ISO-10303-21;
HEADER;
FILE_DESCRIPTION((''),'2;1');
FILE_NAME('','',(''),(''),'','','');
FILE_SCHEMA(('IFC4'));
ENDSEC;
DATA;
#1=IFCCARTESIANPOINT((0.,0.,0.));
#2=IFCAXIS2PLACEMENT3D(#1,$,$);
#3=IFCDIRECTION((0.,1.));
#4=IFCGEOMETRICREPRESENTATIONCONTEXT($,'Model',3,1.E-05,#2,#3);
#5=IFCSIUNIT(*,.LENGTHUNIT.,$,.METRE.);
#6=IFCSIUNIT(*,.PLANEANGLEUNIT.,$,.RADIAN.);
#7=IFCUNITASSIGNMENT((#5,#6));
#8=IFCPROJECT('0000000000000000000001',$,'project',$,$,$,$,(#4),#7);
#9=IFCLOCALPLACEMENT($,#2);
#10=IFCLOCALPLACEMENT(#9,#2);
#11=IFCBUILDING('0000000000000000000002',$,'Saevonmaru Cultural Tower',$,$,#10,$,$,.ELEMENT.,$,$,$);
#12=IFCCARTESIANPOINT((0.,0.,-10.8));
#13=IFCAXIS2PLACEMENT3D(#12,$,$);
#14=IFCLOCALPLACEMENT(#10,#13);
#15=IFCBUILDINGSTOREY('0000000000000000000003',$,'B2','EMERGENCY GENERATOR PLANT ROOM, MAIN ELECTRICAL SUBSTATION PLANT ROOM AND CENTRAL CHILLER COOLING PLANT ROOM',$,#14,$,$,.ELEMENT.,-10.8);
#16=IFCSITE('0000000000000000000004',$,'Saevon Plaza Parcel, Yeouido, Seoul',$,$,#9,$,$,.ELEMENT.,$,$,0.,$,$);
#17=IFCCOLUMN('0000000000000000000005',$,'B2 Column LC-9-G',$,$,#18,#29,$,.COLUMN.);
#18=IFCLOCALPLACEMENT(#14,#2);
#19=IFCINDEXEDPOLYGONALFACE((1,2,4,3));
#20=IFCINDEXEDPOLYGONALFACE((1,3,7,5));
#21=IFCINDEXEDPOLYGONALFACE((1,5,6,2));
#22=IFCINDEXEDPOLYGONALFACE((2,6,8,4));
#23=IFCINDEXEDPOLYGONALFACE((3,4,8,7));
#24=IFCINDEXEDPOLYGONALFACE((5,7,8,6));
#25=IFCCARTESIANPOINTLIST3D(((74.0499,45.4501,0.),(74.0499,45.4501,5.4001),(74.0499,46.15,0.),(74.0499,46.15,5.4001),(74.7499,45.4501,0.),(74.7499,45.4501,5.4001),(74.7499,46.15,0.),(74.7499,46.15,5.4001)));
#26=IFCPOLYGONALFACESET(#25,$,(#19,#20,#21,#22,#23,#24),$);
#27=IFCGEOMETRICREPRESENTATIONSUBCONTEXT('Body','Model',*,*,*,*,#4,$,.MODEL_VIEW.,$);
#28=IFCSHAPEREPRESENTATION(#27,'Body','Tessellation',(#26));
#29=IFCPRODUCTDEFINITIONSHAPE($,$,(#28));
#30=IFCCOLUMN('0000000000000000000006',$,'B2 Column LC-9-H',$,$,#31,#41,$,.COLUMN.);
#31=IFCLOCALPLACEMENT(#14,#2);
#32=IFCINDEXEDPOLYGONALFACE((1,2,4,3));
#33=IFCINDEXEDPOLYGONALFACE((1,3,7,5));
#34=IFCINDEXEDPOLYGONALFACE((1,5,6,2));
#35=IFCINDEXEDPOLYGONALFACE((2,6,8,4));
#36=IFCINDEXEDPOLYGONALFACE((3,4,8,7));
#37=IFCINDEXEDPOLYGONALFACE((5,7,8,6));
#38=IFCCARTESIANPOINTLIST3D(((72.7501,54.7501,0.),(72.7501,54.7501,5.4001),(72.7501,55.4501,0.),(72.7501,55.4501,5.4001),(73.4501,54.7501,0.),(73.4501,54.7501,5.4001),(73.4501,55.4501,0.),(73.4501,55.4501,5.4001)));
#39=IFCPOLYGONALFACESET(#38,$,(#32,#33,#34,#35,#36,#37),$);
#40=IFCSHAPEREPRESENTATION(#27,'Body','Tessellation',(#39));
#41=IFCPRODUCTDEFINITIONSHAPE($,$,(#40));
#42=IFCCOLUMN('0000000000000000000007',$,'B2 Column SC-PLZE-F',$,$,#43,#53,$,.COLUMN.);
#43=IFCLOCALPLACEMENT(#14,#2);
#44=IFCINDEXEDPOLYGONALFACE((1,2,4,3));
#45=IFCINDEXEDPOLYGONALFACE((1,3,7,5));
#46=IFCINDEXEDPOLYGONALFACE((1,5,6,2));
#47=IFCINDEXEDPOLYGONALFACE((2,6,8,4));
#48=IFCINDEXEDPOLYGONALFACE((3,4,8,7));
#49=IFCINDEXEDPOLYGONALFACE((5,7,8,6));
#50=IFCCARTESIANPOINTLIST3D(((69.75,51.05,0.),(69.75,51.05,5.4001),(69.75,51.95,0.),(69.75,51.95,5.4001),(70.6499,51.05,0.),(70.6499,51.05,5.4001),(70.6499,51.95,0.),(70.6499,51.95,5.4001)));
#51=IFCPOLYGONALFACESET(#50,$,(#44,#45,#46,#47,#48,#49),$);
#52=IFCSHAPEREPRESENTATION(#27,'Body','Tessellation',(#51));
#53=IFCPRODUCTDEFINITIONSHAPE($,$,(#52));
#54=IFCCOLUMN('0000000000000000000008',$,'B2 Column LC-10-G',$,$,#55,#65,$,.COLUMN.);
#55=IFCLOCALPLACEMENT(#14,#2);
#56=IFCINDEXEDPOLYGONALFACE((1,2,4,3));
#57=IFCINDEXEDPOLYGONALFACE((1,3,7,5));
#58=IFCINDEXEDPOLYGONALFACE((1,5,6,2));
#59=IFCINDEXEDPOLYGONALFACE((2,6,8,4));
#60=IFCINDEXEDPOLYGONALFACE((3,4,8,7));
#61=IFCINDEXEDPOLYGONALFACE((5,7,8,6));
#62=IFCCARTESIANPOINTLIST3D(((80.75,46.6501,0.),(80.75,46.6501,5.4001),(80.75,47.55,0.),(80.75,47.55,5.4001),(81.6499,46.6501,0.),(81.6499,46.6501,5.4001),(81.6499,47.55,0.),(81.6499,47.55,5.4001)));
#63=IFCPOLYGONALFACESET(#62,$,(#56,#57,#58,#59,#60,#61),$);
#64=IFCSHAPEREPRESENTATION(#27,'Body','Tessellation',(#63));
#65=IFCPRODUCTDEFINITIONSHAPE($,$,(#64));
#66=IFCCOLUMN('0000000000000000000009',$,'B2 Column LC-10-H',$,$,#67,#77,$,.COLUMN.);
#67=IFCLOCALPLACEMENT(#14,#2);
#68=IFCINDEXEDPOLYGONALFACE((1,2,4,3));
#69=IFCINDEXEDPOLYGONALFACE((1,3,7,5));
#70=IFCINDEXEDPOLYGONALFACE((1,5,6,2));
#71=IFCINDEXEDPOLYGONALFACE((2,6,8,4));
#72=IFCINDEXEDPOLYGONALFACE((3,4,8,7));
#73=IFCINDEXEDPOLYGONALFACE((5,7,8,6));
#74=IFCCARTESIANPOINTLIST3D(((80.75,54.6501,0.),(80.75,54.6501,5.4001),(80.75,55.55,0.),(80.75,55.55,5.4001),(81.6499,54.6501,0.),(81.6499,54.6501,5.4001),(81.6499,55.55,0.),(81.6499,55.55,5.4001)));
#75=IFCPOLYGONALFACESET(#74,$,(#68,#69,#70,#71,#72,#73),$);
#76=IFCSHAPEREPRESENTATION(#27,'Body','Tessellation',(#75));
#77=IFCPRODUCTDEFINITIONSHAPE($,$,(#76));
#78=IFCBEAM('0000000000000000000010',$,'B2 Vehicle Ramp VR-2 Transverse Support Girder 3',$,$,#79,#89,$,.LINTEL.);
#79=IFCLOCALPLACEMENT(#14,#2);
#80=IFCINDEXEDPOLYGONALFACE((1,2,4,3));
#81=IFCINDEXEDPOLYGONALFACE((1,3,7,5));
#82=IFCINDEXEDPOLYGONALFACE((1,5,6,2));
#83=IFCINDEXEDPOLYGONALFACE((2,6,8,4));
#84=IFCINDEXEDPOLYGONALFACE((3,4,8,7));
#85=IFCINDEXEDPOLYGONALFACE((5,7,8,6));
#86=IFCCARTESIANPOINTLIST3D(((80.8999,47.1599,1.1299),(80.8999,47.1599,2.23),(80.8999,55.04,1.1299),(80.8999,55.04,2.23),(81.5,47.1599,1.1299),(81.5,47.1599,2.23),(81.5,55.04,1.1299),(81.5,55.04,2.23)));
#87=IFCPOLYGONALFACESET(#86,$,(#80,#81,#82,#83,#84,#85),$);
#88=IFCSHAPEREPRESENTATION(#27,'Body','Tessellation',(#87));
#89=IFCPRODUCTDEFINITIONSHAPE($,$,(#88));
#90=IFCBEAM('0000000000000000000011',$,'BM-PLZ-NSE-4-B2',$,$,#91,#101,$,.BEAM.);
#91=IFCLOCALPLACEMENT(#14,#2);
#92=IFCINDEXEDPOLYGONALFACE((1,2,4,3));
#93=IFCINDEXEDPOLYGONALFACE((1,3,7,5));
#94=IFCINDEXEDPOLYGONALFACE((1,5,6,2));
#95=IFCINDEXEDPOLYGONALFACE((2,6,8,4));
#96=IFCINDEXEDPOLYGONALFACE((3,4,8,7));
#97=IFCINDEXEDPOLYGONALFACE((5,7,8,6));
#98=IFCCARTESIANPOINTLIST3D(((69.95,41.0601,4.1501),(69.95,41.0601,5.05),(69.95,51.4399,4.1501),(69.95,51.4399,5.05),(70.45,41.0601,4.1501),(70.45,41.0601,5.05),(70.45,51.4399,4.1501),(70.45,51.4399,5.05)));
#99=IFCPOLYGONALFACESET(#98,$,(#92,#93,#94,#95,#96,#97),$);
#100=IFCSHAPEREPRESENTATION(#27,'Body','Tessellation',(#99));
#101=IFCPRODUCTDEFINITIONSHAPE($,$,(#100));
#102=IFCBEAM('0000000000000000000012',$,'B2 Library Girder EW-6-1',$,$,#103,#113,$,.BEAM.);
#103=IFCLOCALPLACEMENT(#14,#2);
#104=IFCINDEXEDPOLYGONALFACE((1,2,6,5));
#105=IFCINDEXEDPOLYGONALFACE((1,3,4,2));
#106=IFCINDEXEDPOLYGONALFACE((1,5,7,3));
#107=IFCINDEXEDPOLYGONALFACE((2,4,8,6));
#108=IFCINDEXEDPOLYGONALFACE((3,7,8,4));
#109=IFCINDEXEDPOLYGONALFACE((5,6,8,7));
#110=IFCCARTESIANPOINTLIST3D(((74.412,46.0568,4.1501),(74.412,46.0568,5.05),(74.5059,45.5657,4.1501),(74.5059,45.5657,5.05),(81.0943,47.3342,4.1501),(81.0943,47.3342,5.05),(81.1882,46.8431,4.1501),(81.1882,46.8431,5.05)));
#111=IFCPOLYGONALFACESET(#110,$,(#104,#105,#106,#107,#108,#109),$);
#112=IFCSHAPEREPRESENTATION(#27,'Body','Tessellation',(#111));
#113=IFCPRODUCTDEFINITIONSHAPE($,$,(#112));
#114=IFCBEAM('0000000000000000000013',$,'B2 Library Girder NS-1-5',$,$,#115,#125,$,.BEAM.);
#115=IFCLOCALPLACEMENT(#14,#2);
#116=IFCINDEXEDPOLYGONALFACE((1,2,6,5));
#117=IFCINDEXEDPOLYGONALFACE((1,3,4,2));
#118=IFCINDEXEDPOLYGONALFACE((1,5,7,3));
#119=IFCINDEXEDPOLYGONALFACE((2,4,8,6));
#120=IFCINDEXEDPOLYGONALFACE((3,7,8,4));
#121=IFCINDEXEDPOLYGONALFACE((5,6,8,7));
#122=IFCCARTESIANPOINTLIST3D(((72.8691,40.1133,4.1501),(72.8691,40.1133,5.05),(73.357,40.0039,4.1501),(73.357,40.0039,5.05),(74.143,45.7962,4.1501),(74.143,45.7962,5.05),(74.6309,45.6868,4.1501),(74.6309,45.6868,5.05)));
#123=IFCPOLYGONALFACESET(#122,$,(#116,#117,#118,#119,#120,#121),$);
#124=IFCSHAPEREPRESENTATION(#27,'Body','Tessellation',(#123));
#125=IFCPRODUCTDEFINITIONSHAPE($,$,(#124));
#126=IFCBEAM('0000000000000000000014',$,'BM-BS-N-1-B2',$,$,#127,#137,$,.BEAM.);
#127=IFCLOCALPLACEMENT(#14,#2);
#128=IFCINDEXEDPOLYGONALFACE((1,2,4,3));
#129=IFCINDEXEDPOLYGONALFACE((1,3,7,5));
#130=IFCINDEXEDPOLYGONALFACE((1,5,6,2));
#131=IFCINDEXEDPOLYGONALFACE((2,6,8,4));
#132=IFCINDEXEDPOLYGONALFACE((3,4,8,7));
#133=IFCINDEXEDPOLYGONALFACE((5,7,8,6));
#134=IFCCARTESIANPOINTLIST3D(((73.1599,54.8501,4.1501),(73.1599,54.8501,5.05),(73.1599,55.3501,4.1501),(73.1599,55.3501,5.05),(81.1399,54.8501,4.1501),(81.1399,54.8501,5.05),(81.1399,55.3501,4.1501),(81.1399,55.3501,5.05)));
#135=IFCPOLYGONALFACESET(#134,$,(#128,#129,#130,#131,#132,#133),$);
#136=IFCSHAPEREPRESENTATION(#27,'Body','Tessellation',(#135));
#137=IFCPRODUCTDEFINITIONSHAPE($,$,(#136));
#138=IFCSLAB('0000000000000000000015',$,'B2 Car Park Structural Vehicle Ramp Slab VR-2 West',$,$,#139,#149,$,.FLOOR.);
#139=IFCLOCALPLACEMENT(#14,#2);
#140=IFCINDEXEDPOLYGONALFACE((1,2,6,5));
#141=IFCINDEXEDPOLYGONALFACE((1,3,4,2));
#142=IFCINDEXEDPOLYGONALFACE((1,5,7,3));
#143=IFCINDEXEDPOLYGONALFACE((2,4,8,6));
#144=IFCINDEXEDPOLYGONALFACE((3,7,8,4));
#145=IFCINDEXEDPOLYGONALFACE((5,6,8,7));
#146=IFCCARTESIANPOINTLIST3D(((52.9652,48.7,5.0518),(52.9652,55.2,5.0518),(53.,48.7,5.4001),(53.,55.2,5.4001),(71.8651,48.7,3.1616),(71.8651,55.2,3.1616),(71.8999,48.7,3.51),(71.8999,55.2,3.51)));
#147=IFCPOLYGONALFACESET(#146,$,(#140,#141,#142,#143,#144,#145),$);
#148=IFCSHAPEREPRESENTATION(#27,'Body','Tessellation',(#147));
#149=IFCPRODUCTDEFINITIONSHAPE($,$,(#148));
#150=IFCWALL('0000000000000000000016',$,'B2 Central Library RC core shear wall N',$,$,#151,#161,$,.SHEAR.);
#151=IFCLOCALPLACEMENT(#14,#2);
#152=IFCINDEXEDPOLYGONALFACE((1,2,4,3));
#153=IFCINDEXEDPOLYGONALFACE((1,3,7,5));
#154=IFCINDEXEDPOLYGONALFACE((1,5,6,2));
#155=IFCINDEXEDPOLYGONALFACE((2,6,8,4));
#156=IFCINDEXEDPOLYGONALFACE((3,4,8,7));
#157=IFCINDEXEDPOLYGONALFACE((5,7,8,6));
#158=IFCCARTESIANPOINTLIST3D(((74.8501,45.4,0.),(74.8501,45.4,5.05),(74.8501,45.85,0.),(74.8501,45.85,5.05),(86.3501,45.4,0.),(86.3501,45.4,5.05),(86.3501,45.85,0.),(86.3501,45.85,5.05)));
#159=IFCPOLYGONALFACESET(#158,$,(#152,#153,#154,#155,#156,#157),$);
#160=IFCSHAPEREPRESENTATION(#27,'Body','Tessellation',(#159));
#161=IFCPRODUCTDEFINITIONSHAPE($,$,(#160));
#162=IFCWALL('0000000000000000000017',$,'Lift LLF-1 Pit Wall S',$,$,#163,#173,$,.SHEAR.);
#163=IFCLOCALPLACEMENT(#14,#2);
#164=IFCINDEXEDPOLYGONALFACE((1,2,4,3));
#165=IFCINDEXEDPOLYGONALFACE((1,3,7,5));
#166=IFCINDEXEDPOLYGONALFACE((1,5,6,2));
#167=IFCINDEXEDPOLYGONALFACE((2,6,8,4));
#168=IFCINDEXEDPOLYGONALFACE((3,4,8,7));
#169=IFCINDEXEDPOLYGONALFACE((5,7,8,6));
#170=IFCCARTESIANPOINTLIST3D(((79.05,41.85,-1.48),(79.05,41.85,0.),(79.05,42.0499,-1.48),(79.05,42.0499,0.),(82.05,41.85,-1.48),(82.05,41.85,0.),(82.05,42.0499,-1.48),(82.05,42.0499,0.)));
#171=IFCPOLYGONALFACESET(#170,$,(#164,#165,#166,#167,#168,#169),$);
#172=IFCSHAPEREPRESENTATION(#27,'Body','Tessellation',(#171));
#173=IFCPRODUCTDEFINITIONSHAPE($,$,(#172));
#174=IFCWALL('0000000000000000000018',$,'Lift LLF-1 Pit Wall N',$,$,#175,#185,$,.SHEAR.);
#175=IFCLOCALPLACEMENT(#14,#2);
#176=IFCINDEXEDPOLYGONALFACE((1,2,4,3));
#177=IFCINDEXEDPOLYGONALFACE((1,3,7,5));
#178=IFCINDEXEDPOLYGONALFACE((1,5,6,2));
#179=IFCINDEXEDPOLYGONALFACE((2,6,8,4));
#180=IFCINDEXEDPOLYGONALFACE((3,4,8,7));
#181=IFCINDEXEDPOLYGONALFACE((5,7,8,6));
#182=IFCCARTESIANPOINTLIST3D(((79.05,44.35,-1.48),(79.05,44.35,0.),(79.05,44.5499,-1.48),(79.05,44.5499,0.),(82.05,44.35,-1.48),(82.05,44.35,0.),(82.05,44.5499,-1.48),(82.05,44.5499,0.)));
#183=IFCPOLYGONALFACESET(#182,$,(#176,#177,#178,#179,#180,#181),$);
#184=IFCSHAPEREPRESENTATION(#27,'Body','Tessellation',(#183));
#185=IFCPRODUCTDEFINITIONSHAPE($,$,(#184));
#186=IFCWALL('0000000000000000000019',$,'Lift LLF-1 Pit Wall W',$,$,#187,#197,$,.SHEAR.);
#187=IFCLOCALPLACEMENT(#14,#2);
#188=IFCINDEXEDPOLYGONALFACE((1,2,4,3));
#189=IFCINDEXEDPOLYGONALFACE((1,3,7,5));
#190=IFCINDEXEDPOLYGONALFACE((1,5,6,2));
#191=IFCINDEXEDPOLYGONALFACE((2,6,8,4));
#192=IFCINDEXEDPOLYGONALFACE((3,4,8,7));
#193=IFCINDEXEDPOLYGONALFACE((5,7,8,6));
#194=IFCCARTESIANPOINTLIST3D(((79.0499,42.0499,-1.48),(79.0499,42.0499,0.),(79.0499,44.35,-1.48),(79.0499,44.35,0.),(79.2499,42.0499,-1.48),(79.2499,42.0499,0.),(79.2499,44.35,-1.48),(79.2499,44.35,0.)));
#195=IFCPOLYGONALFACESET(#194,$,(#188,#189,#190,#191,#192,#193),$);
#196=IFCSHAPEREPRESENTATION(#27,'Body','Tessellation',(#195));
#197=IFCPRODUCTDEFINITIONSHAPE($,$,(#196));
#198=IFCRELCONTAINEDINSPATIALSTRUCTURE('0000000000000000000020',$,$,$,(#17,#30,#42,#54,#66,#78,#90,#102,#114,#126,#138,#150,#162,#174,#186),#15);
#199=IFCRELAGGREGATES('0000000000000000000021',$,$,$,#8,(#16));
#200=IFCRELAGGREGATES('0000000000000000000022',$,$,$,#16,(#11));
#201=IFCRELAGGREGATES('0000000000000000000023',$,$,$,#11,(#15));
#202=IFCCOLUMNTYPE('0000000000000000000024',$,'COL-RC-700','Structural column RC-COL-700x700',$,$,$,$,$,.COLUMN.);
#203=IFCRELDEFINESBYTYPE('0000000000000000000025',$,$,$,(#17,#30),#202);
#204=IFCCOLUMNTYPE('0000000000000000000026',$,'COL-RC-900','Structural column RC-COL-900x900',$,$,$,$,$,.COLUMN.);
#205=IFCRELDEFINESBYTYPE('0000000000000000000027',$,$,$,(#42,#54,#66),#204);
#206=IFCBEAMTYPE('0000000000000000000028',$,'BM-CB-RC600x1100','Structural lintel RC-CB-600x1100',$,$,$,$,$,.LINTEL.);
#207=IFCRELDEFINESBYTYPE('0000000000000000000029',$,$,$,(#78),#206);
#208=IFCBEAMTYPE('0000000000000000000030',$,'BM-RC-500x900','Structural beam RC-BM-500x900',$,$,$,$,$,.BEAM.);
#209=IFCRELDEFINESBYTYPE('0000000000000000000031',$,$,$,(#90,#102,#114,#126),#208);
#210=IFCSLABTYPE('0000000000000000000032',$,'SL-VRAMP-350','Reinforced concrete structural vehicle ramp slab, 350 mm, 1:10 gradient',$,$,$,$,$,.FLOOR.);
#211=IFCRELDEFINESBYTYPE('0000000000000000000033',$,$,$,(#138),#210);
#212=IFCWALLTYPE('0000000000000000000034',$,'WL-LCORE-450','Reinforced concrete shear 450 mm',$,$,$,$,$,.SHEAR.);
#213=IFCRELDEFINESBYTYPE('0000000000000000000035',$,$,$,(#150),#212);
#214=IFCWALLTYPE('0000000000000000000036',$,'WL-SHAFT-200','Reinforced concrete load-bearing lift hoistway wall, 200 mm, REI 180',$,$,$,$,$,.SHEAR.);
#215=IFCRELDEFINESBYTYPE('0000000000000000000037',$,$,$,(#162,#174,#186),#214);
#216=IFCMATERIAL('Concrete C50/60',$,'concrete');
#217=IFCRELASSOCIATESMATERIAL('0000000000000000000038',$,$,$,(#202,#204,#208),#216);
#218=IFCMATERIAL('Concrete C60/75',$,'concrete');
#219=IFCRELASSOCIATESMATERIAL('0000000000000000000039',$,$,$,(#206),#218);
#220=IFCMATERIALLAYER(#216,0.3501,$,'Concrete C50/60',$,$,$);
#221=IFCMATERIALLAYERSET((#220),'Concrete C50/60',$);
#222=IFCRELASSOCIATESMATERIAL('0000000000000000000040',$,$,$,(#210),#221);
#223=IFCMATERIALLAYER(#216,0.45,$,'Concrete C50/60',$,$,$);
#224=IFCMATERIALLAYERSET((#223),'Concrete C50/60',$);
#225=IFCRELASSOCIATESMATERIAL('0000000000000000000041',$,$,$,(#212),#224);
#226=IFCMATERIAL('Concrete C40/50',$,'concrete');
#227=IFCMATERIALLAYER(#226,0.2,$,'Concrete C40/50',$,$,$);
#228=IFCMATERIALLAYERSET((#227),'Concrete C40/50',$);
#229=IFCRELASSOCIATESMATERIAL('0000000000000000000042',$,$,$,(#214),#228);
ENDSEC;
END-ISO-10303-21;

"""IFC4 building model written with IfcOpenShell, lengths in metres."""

from ifc_helpers import new_model, si_unit, direction, frame, frame_2d, origin, origin_2d, place, context, subcontext, project, spatial, polyline, rectangle, outline, extrude, material, layer, layer_set, material_profile, profile_set, type_object, element, save


model = new_model("IFC4")

# Units and contexts
model_context = context("Model", 3, precision=1e-05, world=origin(), true_north=direction((0.0, 1.0)))
body_context = subcontext(model_context, "Body", "Model", "MODEL_VIEW")
ifc_project = project(units=[si_unit("LENGTHUNIT", "METRE"), si_unit("PLANEANGLEUNIT", "RADIAN")], contexts=[model_context])

# Site, building, storey
site_placement = place(None, origin())
site = spatial("IfcSite", under=ifc_project, at=site_placement, Name="Saevon Plaza Parcel, Yeouido, Seoul", CompositionType="ELEMENT", RefElevation=0.0)
building_placement = place(site_placement, origin())
building = spatial("IfcBuilding", under=site, at=building_placement, Name="Saevonmaru Cultural Tower", CompositionType="ELEMENT")
storey_placement = place(building_placement, frame((0.0, 0.0, -10.8)))
storey = spatial("IfcBuildingStorey", under=building, at=storey_placement, Name="B2", Description="EMERGENCY GENERATOR PLANT ROOM, MAIN ELECTRICAL SUBSTATION PLANT ROOM AND CENTRAL CHILLER COOLING PLANT ROOM", CompositionType="ELEMENT", Elevation=-10.8)

# Shared definitions
ifc_material_1 = material(Name="Concrete C50/60", Category="concrete")

# Shared definitions
ifc_material_2 = material(Name="Concrete C40/50", Category="concrete")

# Columns
ifc_material_profile_1 = material_profile(ifc_material_1, rectangle(XDim=0.7, YDim=0.7, at=origin_2d()), Name="RC-COL-700x700")
ifc_profile_set_1 = profile_set([ifc_material_profile_1], Name="Concrete C50/60")
column_type_1 = type_object("IfcColumnType", Name="COL-RC-700", Description="Structural column RC-COL-700x700", PredefinedType="COLUMN", material=ifc_profile_set_1)
for number, where, z_axis, x_axis, name in (
    (1, (74.3999, 45.8, 0.0), (0.0, 0.0, 1.0), (1.0, 0.0, 0.0), "B2 Column LC-9-G"),
    (2, (73.1001, 55.1001, 0.0), (0.0, 0.0, 1.0), (1.0, 0.0, 0.0), "B2 Column LC-9-H"),
):
    element("IfcColumn", number, at=place(storey_placement, frame(where, z_axis=z_axis, x_axis=x_axis)), inside=storey, type_object=column_type_1, Name=name, PredefinedType="COLUMN", context=body_context, shape_type="SweptSolid", body=[
        extrude(rectangle(XDim=0.7, YDim=0.7, at=origin_2d()), origin(), (0.0, 0.0, 1.0), 5.4001),
    ])
ifc_material_profile_2 = material_profile(ifc_material_1, rectangle(XDim=0.8999, YDim=0.8999, at=origin_2d()), Name="RC-COL-900x900")
ifc_profile_set_2 = profile_set([ifc_material_profile_2], Name="Concrete C50/60")
column_type_2 = type_object("IfcColumnType", Name="COL-RC-900", Description="Structural column RC-COL-900x900", PredefinedType="COLUMN", material=ifc_profile_set_2)
for number, where, z_axis, x_axis, name in (
    (3, (70.2, 51.5, 0.0), (0.0, 0.0, 1.0), (1.0, 0.0, 0.0), "B2 Column SC-PLZE-F"),
    (4, (81.2, 47.1001, 0.0), (0.0, 0.0, 1.0), (1.0, 0.0, 0.0), "B2 Column LC-10-G"),
    (5, (81.2, 55.1001, 0.0), (0.0, 0.0, 1.0), (1.0, 0.0, 0.0), "B2 Column LC-10-H"),
):
    element("IfcColumn", number, at=place(storey_placement, frame(where, z_axis=z_axis, x_axis=x_axis)), inside=storey, type_object=column_type_2, Name=name, PredefinedType="COLUMN", context=body_context, shape_type="SweptSolid", body=[
        extrude(rectangle(XDim=0.8999, YDim=0.8999, at=origin_2d()), origin(), (0.0, 0.0, 1.0), 5.4001),
    ])

# Beams
ifc_material_3 = material(Name="Concrete C60/75", Category="concrete")
ifc_material_profile_3 = material_profile(ifc_material_3, rectangle(XDim=0.6001, YDim=1.1001, at=origin_2d()), Name="RC-CB-600x1100")
ifc_profile_set_3 = profile_set([ifc_material_profile_3], Name="Concrete C60/75")
beam_type_1 = type_object("IfcBeamType", Name="BM-CB-RC600x1100", Description="Structural lintel RC-CB-600x1100", PredefinedType="LINTEL", material=ifc_profile_set_3)
beam_1_placement = place(storey_placement, frame((81.2, 47.1599, 1.6799), z_axis=(0.0, 1.0, 0.0), x_axis=(-1.0, 0.0, 0.0)))
element("IfcBeam", 6, at=beam_1_placement, inside=storey, type_object=beam_type_1, Name="B2 Vehicle Ramp VR-2 Transverse Support Girder 3", PredefinedType="LINTEL", context=body_context, shape_type="SweptSolid", body=[
    extrude(rectangle(XDim=0.6001, YDim=1.1001, at=origin_2d()), origin(), (0.0, 0.0, 1.0), 7.8801),
])
ifc_material_profile_4 = material_profile(ifc_material_1, rectangle(XDim=0.5, YDim=0.8999, at=origin_2d()), Name="RC-BM-500x900")
ifc_profile_set_4 = profile_set([ifc_material_profile_4], Name="Concrete C50/60")
beam_type_2 = type_object("IfcBeamType", Name="BM-RC-500x900", Description="Structural beam RC-BM-500x900", PredefinedType="BEAM", material=ifc_profile_set_4)
beam_2_placement = place(storey_placement, frame((70.2, 41.0601, 4.6001), z_axis=(0.0, 1.0, 0.0), x_axis=(-1.0, 0.0, 0.0)))
element("IfcBeam", 7, at=beam_2_placement, inside=storey, type_object=beam_type_2, Name="BM-PLZ-NSE-4-B2", PredefinedType="BEAM", context=body_context, shape_type="SweptSolid", body=[
    extrude(rectangle(XDim=0.5, YDim=0.8999, at=origin_2d()), origin(), (0.0, 0.0, 1.0), 10.3799),
])
beam_3_placement = place(storey_placement, frame((74.459, 45.8113, 4.6001), z_axis=(0.982215, 0.187758, 0.0), x_axis=(-0.187758, 0.982215, 0.0)))
element("IfcBeam", 8, at=beam_3_placement, inside=storey, type_object=beam_type_2, Name="B2 Library Girder EW-6-1", PredefinedType="BEAM", context=body_context, shape_type="SweptSolid", body=[
    extrude(rectangle(XDim=0.5, YDim=0.8999, at=origin_2d()), origin(), (0.0, 0.0, 1.0), 6.8032),
])
beam_4_placement = place(storey_placement, frame((73.113, 40.0586, 4.6001), z_axis=(0.218741, 0.975783, 0.0), x_axis=(-0.975783, 0.218741, 0.0)))
element("IfcBeam", 9, at=beam_4_placement, inside=storey, type_object=beam_type_2, Name="B2 Library Girder NS-1-5", PredefinedType="BEAM", context=body_context, shape_type="SweptSolid", body=[
    extrude(rectangle(XDim=0.5, YDim=0.8999, at=origin_2d()), origin(), (0.0, 0.0, 1.0), 5.824),
])
beam_5_placement = place(storey_placement, frame((73.1599, 55.1001, 4.6001), z_axis=(1.0, 0.0, 0.0), x_axis=(0.0, 1.0, 0.0)))
element("IfcBeam", 10, at=beam_5_placement, inside=storey, type_object=beam_type_2, Name="BM-BS-N-1-B2", PredefinedType="BEAM", context=body_context, shape_type="SweptSolid", body=[
    extrude(rectangle(XDim=0.5, YDim=0.8999, at=origin_2d()), origin(), (0.0, 0.0, 1.0), 7.98),
])

# Slab
ifc_layer_1 = layer(ifc_material_1, 0.3501, Name="Concrete C50/60")
ifc_layer_set_1 = layer_set([ifc_layer_1], Name="Concrete C50/60")
slab_type = type_object("IfcSlabType", Name="SL-VRAMP-350", Description="Reinforced concrete structural vehicle ramp slab, 350 mm, 1:10 gradient", PredefinedType="FLOOR", material=ifc_layer_set_1)
slab_placement = place(storey_placement, frame((71.8999, 48.7, 3.51), z_axis=(0.099511, 0.0, 0.995036), x_axis=(-0.995036, 0.0, 0.099511)))
element("IfcSlab", 11, at=slab_placement, inside=storey, type_object=slab_type, Name="B2 Car Park Structural Vehicle Ramp Slab VR-2 West", PredefinedType="FLOOR", context=body_context, shape_type="SweptSolid", body=[
    extrude(outline(polyline([(0.0, 0.0), (18.9942, 0.0), (18.9942, -6.5), (0.0, -6.5), (0.0, 0.0)])), origin(), (0.0, 0.0, -1.0), 0.3501),
])

# Walls
ifc_layer_2 = layer(ifc_material_1, 0.45, Name="Concrete C50/60")
ifc_layer_set_2 = layer_set([ifc_layer_2], Name="Concrete C50/60")
wall_type_1 = type_object("IfcWallType", Name="WL-LCORE-450", Description="Reinforced concrete shear 450 mm", PredefinedType="SHEAR", material=ifc_layer_set_2)
wall_1_placement = place(storey_placement, frame((74.8501, 45.625, 0.0), z_axis=(0.0, 0.0, 1.0), x_axis=(1.0, 0.0, 0.0)))
element("IfcWall", 12, at=wall_1_placement, inside=storey, type_object=wall_type_1, Name="B2 Central Library RC core shear wall N", PredefinedType="SHEAR", context=body_context, shape_type="SweptSolid", body=[
    extrude(rectangle(XDim=11.5, YDim=0.45, at=frame_2d((5.75, 0.0))), origin(), (0.0, 0.0, 1.0), 5.05),
])
ifc_layer_3 = layer(ifc_material_2, 0.2, Name="Concrete C40/50")
ifc_layer_set_3 = layer_set([ifc_layer_3], Name="Concrete C40/50")
wall_type_2 = type_object("IfcWallType", Name="WL-SHAFT-200", Description="Reinforced concrete load-bearing lift hoistway wall, 200 mm, REI 180", PredefinedType="SHEAR", material=ifc_layer_set_3)
for number, where, z_axis, x_axis, name in (
    (13, (79.05, 41.95, -1.48), (0.0, 0.0, 1.0), (1.0, 0.0, 0.0), "Lift LLF-1 Pit Wall S"),
    (14, (79.05, 44.45, -1.48), (0.0, 0.0, 1.0), (1.0, 0.0, 0.0), "Lift LLF-1 Pit Wall N"),
):
    element("IfcWall", number, at=place(storey_placement, frame(where, z_axis=z_axis, x_axis=x_axis)), inside=storey, type_object=wall_type_2, Name=name, PredefinedType="SHEAR", context=body_context, shape_type="SweptSolid", body=[
        extrude(rectangle(XDim=3.0, YDim=0.2, at=frame_2d((1.5, 0.0))), origin(), (0.0, 0.0, 1.0), 1.48),
    ])
wall_2_placement = place(storey_placement, frame((79.1499, 42.05, -1.48), z_axis=(0.0, 0.0, 1.0), x_axis=(0.0, 1.0, 0.0)))
element("IfcWall", 15, at=wall_2_placement, inside=storey, type_object=wall_type_2, Name="Lift LLF-1 Pit Wall W", PredefinedType="SHEAR", context=body_context, shape_type="SweptSolid", body=[
    extrude(rectangle(XDim=2.3, YDim=0.2, at=frame_2d((1.1499, 0.0))), origin(), (0.0, 0.0, 1.0), 1.48),
])

save(model, "model.ifc")
